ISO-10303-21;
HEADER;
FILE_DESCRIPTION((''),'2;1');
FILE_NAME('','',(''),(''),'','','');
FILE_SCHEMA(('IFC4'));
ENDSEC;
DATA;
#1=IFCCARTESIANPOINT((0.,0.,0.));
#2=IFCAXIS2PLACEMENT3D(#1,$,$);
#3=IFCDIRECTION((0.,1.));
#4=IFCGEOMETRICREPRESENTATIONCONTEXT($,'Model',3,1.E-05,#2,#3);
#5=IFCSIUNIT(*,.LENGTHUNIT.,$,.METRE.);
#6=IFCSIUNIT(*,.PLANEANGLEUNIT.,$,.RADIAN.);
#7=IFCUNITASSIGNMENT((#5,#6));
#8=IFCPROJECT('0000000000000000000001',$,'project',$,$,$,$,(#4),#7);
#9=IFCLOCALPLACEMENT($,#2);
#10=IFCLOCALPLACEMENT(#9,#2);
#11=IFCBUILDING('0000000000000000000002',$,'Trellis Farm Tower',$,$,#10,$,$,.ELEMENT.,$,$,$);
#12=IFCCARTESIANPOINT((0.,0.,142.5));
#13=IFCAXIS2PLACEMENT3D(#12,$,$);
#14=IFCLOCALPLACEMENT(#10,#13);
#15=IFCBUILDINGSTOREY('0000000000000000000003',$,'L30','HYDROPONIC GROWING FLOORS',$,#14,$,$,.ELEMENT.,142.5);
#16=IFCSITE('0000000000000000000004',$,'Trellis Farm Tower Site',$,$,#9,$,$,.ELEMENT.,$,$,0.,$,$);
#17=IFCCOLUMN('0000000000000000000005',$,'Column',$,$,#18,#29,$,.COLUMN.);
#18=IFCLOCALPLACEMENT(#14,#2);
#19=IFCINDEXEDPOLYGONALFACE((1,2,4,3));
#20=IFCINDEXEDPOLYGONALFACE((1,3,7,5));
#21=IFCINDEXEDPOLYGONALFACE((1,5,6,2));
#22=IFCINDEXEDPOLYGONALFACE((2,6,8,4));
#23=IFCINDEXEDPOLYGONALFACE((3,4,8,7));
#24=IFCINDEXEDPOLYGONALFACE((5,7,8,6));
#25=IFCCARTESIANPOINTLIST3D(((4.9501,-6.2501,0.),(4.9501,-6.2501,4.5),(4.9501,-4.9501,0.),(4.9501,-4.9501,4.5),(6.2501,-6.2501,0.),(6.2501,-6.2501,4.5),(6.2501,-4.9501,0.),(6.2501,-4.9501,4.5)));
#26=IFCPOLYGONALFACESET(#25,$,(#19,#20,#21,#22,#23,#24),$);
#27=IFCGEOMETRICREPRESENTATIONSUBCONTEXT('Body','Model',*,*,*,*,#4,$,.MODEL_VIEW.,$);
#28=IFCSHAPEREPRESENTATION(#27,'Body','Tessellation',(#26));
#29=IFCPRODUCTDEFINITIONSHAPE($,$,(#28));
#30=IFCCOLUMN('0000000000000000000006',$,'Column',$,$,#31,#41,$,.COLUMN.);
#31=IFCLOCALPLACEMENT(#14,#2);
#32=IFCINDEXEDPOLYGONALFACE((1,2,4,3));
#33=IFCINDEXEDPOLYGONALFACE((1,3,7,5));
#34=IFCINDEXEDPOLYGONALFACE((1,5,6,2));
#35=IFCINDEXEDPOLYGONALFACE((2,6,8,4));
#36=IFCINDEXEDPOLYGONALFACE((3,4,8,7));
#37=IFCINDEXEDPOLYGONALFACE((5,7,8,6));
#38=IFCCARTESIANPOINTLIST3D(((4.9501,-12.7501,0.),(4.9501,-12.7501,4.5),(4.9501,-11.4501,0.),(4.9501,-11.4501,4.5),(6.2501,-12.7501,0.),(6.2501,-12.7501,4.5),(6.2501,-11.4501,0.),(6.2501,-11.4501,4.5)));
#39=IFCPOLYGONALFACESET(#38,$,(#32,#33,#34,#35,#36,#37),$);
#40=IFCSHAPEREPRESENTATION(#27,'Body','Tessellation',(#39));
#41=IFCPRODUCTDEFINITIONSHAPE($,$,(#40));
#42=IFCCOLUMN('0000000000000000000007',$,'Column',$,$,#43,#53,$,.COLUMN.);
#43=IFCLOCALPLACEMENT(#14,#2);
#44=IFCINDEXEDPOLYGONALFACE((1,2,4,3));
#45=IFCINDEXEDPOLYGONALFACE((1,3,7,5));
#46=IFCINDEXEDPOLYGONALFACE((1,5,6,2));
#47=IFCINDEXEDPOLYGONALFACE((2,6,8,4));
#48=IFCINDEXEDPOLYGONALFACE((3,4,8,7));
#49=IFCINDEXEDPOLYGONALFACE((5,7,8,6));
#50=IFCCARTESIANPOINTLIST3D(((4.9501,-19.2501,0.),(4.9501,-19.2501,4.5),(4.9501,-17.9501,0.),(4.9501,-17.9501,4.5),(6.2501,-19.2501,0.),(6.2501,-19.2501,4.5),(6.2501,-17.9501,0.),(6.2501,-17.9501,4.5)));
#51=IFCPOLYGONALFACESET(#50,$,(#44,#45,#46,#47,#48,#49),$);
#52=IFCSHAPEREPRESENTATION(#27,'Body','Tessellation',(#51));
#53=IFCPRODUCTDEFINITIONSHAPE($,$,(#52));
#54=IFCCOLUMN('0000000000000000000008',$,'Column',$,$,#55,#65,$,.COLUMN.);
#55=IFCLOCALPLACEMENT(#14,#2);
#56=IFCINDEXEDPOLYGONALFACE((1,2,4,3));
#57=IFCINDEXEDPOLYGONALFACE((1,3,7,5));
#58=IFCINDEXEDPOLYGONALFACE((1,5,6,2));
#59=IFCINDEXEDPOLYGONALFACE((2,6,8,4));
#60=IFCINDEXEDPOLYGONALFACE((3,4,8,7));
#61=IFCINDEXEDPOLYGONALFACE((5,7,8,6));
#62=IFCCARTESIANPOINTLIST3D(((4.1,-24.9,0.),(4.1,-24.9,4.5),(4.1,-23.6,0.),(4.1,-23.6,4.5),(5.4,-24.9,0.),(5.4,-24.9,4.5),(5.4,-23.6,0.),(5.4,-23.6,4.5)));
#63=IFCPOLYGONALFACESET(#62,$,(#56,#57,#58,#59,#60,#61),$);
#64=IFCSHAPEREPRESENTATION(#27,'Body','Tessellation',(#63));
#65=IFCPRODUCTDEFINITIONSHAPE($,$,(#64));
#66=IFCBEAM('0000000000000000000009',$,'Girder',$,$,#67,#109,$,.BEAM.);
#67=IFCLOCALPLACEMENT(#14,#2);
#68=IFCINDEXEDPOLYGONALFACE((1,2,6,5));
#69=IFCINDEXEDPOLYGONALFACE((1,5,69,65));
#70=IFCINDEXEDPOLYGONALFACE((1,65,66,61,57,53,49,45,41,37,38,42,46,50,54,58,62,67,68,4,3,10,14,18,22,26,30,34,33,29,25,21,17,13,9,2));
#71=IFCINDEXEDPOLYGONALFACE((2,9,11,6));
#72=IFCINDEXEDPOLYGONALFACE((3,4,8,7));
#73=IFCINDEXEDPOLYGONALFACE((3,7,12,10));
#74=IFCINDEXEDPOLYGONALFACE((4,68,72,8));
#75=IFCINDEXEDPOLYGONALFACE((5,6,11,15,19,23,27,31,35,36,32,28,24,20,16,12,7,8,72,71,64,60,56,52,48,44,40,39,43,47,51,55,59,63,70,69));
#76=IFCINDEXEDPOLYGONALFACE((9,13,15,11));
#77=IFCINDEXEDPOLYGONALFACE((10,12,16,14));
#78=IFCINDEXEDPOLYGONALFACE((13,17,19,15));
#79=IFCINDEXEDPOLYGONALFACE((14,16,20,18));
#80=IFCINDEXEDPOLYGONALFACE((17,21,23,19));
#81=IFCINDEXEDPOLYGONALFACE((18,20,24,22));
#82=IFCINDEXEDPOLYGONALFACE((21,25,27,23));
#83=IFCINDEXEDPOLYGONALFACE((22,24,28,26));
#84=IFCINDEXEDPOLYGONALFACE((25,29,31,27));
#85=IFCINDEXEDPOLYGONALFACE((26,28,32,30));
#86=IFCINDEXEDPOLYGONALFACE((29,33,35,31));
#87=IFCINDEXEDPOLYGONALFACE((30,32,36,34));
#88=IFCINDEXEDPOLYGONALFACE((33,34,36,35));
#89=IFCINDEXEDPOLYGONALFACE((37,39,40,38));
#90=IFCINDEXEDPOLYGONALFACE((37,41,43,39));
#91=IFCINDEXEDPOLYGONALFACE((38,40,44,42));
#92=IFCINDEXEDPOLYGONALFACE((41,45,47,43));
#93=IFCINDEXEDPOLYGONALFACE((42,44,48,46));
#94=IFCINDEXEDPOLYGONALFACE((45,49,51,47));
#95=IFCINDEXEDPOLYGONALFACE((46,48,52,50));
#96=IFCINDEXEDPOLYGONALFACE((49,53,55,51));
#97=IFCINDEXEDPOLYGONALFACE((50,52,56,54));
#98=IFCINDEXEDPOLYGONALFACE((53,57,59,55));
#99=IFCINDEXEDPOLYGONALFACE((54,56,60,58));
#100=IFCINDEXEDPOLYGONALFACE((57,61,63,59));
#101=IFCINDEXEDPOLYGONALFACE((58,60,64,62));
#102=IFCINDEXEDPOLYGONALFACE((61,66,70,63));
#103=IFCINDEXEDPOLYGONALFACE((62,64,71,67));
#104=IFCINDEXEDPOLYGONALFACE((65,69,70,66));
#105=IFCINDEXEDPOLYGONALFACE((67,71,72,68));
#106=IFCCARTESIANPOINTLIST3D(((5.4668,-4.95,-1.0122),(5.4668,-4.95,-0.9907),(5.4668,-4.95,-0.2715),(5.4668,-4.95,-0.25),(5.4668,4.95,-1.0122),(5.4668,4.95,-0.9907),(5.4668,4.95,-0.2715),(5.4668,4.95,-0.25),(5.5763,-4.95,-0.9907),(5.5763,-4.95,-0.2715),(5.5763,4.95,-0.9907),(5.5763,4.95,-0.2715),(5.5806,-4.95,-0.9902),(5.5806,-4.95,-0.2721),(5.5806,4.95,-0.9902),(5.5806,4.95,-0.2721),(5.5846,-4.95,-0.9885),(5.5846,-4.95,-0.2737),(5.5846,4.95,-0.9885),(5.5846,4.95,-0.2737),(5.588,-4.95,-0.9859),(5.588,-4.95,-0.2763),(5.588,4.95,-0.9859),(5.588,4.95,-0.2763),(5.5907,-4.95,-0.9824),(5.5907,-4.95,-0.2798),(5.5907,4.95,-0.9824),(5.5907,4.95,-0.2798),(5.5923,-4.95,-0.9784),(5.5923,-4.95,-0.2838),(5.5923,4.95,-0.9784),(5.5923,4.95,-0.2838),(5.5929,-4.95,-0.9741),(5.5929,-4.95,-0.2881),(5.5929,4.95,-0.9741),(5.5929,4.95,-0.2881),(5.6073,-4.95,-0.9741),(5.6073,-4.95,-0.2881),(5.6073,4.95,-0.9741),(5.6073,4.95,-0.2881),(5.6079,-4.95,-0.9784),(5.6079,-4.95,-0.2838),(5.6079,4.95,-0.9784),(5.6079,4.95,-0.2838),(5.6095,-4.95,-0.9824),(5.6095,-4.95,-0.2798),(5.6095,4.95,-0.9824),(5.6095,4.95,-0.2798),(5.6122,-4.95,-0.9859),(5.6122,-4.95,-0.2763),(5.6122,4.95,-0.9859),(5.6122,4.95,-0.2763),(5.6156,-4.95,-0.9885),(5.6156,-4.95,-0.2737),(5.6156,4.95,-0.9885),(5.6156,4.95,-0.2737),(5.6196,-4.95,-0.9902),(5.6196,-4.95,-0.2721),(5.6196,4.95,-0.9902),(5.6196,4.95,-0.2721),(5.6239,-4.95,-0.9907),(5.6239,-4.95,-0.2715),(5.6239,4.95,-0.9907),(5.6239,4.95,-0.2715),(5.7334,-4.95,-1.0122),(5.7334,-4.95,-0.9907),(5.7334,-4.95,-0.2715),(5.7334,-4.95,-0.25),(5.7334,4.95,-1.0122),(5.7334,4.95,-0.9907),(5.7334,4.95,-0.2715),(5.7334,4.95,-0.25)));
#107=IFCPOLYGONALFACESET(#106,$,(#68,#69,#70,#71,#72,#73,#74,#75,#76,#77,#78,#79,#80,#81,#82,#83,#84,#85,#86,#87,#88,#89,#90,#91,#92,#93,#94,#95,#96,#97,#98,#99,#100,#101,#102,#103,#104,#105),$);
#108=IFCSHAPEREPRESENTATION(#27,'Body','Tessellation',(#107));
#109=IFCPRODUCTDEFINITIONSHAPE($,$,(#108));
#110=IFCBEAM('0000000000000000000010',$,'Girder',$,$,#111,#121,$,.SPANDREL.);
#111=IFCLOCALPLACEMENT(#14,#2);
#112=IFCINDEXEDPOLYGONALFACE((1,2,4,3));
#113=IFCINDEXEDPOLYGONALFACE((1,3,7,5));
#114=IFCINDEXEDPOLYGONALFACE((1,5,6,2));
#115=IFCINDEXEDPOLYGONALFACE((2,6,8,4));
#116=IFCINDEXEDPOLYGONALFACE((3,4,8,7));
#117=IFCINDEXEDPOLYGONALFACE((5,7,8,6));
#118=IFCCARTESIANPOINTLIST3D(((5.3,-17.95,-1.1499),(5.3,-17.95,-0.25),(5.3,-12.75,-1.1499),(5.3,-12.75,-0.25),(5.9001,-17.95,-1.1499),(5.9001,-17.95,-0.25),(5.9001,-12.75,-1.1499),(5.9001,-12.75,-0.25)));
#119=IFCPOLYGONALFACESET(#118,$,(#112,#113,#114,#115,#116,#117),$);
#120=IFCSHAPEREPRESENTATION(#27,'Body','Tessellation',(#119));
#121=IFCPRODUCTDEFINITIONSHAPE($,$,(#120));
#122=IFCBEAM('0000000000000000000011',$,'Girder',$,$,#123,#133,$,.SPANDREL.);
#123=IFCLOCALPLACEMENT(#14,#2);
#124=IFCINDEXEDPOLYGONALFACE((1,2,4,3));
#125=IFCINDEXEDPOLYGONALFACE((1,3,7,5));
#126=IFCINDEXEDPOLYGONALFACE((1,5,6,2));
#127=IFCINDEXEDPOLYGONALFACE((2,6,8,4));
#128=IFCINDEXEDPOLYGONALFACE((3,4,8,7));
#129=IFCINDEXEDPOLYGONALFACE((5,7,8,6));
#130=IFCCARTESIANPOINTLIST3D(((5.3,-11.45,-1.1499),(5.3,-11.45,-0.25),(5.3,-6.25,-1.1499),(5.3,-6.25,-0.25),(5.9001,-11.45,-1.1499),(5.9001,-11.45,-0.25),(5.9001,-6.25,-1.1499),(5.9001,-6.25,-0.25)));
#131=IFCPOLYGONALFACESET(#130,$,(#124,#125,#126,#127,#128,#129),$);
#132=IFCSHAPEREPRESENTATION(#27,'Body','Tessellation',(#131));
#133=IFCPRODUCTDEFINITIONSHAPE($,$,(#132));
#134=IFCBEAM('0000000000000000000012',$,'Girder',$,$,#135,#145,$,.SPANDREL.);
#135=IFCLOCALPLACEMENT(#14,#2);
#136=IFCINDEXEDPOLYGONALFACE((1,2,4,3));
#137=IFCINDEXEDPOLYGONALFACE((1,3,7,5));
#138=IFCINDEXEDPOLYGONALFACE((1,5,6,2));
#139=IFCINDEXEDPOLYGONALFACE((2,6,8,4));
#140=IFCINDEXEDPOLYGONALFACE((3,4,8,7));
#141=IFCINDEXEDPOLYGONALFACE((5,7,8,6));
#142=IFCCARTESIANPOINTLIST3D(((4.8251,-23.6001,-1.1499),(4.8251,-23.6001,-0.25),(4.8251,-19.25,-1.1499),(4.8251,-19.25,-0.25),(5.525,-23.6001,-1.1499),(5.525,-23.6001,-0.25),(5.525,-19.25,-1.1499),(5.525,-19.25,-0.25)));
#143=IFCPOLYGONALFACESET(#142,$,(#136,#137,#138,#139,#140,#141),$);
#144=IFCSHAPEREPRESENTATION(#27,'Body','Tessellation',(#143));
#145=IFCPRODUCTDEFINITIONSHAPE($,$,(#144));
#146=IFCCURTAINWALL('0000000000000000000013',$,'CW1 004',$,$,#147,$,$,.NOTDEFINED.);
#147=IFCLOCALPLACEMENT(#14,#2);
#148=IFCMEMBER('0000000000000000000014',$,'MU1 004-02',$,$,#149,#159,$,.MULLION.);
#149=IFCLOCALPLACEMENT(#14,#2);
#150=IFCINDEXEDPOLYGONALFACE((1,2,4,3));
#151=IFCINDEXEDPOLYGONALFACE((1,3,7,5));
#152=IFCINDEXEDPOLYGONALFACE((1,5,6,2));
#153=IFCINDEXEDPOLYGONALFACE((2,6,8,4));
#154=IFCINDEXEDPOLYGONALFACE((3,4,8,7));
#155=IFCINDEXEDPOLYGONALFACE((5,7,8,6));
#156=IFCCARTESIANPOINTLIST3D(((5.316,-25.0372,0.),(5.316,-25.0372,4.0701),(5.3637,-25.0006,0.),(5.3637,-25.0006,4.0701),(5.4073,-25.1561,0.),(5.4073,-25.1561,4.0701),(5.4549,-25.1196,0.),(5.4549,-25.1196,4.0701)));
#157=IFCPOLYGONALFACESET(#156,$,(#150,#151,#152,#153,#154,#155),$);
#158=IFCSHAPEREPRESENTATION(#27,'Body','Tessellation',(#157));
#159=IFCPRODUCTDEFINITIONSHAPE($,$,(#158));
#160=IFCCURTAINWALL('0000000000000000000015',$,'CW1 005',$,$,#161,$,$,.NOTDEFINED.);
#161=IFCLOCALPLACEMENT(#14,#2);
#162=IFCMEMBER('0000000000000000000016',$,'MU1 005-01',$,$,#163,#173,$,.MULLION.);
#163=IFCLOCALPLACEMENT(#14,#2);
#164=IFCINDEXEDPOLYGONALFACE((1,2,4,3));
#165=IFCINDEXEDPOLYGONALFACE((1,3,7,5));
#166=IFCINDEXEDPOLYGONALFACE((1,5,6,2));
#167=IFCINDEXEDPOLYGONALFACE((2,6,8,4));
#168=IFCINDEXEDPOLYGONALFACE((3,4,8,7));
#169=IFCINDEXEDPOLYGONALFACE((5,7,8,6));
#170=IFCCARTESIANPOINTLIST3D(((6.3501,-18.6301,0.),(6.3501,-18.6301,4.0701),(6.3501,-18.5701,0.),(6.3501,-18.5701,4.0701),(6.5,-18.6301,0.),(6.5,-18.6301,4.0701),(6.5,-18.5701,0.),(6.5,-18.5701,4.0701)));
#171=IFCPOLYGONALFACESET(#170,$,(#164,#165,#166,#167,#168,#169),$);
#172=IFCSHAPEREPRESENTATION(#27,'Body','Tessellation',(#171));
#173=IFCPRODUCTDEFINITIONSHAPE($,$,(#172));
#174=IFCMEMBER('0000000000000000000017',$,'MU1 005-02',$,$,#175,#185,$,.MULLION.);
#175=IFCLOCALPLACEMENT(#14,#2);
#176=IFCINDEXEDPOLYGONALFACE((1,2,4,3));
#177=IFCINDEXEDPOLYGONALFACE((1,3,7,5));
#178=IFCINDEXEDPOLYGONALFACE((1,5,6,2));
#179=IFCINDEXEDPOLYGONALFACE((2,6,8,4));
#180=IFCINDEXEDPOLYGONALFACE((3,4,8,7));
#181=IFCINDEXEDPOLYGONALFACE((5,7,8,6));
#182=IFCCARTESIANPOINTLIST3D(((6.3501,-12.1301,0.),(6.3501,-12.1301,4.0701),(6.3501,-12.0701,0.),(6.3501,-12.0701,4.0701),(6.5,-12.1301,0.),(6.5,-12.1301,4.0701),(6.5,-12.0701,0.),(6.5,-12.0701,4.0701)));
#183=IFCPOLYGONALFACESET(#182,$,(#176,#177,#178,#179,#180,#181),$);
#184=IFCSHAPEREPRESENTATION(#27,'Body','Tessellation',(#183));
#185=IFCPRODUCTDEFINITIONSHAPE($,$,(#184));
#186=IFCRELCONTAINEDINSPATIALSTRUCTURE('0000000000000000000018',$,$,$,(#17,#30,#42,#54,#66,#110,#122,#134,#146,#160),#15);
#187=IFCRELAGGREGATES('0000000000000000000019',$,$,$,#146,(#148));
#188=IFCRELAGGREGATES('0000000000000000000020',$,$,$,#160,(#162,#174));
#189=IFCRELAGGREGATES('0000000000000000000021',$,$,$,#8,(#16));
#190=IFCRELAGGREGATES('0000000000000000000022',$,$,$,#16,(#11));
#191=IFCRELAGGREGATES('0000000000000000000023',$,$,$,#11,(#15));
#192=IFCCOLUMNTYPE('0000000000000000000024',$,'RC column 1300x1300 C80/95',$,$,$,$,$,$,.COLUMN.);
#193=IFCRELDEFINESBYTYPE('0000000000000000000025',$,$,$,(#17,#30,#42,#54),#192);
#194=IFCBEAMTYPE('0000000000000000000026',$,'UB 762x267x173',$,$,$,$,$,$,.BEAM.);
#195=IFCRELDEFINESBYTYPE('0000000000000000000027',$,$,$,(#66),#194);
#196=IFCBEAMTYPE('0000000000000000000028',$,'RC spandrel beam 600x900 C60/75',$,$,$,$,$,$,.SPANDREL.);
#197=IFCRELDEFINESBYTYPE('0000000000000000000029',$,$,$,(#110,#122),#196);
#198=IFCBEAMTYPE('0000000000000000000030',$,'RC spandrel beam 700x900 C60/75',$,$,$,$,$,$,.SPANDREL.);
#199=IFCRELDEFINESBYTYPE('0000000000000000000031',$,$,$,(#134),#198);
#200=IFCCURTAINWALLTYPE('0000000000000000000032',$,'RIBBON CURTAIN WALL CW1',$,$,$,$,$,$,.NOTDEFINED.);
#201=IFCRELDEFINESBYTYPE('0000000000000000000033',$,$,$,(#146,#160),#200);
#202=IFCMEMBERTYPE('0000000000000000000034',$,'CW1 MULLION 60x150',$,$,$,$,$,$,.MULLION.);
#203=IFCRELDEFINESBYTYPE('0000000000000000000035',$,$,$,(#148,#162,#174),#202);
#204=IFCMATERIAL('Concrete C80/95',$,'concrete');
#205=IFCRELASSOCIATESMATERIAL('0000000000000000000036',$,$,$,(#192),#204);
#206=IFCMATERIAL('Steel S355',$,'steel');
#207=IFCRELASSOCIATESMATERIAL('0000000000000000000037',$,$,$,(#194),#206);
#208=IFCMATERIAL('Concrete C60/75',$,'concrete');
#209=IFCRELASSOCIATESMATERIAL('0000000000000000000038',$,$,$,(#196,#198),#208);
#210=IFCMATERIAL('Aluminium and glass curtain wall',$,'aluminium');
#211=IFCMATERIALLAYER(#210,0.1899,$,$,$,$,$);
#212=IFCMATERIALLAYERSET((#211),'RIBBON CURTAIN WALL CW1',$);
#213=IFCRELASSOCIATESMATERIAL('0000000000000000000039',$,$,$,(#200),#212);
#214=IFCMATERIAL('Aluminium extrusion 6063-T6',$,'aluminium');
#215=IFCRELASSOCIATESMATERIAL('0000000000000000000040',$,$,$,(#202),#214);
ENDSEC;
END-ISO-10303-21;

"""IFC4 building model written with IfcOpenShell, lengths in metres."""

from ifc_helpers import new_model, si_unit, direction, frame, origin, origin_2d, place, context, subcontext, project, spatial, rectangle, i_section, extrude, source, transform, mapped, material, layer, layer_set, material_profile, profile_set, type_object, element, aggregate, save


model = new_model("IFC4")

# Units and contexts
model_context = context("Model", 3, precision=1e-05, world=origin(), true_north=direction((0.0, 1.0)))
body_context = subcontext(model_context, "Body", "Model", "MODEL_VIEW")
ifc_project = project(units=[si_unit("LENGTHUNIT", "METRE"), si_unit("PLANEANGLEUNIT", "RADIAN")], contexts=[model_context])

# Site, building, storey
site_placement = place(None, origin())
site = spatial("IfcSite", under=ifc_project, at=site_placement, Name="Trellis Farm Tower Site", CompositionType="ELEMENT", RefElevation=0.0)
building_placement = place(site_placement, origin())
building = spatial("IfcBuilding", under=site, at=building_placement, Name="Trellis Farm Tower", CompositionType="ELEMENT")
storey_placement = place(building_placement, frame((0.0, 0.0, 142.5)))
storey = spatial("IfcBuildingStorey", under=building, at=storey_placement, Name="L30", Description="HYDROPONIC GROWING FLOORS", CompositionType="ELEMENT", Elevation=142.5)

# Columns
ifc_material_1 = material(Name="Concrete C80/95", Category="concrete")
ifc_material_profile_1 = material_profile(ifc_material_1, rectangle(XDim=1.3, YDim=1.3, at=origin_2d()), Name="RC column 1300x1300 C80/95")
ifc_profile_set_1 = profile_set([ifc_material_profile_1], Name="Concrete C80/95")
column_type = type_object("IfcColumnType", Name="RC column 1300x1300 C80/95", PredefinedType="COLUMN", material=ifc_profile_set_1)
shared_shape_1 = source(origin(), body_context, "Body", "SweptSolid", [
    extrude(rectangle(XDim=1.3, YDim=1.3, at=origin_2d()), origin(), (0.0, 0.0, 1.0), 4.5),
])
for number, where, z_axis, x_axis, name in (
    (1, (5.6001, -5.6001, 0.0), (0.0, 0.0, 1.0), (1.0, 0.0, 0.0), "Column"),
    (2, (5.6001, -12.1001, 0.0), (0.0, 0.0, 1.0), (1.0, 0.0, 0.0), "Column"),
    (3, (5.6001, -18.6001, 0.0), (0.0, 0.0, 1.0), (1.0, 0.0, 0.0), "Column"),
    (4, (4.75, -24.25, 0.0), (0.0, 0.0, 1.0), (1.0, 0.0, 0.0), "Column"),
):
    element("IfcColumn", number, at=place(storey_placement, frame(where, z_axis=z_axis, x_axis=x_axis)), inside=storey, type_object=column_type, Name=name, PredefinedType="COLUMN", context=body_context, shape_type="MappedRepresentation", body=[
        mapped(shared_shape_1, transform((0.0, 0.0, 0.0))),
    ])

# Beams
ifc_material_2 = material(Name="Steel S355", Category="steel")
ifc_material_profile_2 = material_profile(ifc_material_2, i_section(OverallWidth=0.2666, OverallDepth=0.7622, WebThickness=0.0144, FlangeThickness=0.0215, FilletRadius=0.0166, at=origin_2d()), Name="UB 762x267x173")
ifc_profile_set_2 = profile_set([ifc_material_profile_2], Name="Steel S355")
beam_type_1 = type_object("IfcBeamType", Name="UB 762x267x173", PredefinedType="BEAM", material=ifc_profile_set_2)
shared_shape_2 = source(origin(), body_context, "Body", "SweptSolid", [
    extrude(i_section(OverallWidth=0.2666, OverallDepth=0.7622, WebThickness=0.0144, FlangeThickness=0.0215, FilletRadius=0.0166, at=origin_2d()), origin(), (0.0, 0.0, 1.0), 9.8999),
])
beam_1_placement = place(storey_placement, frame((5.6001, -4.95, -0.6311), z_axis=(0.0, 1.0, 0.0), x_axis=(-1.0, 0.0, 0.0)))
element("IfcBeam", 5, at=beam_1_placement, inside=storey, type_object=beam_type_1, Name="Girder", PredefinedType="BEAM", context=body_context, shape_type="MappedRepresentation", body=[
    mapped(shared_shape_2, transform((0.0, 0.0, 0.0))),
])
ifc_material_3 = material(Name="Concrete C60/75", Category="concrete")
ifc_material_profile_3 = material_profile(ifc_material_3, rectangle(XDim=0.6001, YDim=0.8999, at=origin_2d()), Name="RC spandrel beam 600x900 C60/75")
ifc_profile_set_3 = profile_set([ifc_material_profile_3], Name="Concrete C60/75")
beam_type_2 = type_object("IfcBeamType", Name="RC spandrel beam 600x900 C60/75", PredefinedType="SPANDREL", material=ifc_profile_set_3)
shared_shape_3 = source(origin(), body_context, "Body", "SweptSolid", [
    extrude(rectangle(XDim=0.6001, YDim=0.8999, at=origin_2d()), origin(), (0.0, 0.0, 1.0), 5.2),
])
for number, where, z_axis, x_axis, name in (
    (6, (5.6001, -17.95, -0.7), (0.0, 1.0, 0.0), (-1.0, 0.0, 0.0), "Girder"),
    (7, (5.6001, -11.45, -0.7), (0.0, 1.0, 0.0), (-1.0, 0.0, 0.0), "Girder"),
):
    element("IfcBeam", number, at=place(storey_placement, frame(where, z_axis=z_axis, x_axis=x_axis)), inside=storey, type_object=beam_type_2, Name=name, PredefinedType="SPANDREL", context=body_context, shape_type="MappedRepresentation", body=[
        mapped(shared_shape_3, transform((0.0, 0.0, 0.0))),
    ])
ifc_material_profile_4 = material_profile(ifc_material_3, rectangle(XDim=0.7, YDim=0.8999, at=origin_2d()), Name="RC spandrel beam 700x900 C60/75")
ifc_profile_set_4 = profile_set([ifc_material_profile_4], Name="Concrete C60/75")
beam_type_3 = type_object("IfcBeamType", Name="RC spandrel beam 700x900 C60/75", PredefinedType="SPANDREL", material=ifc_profile_set_4)
shared_shape_4 = source(origin(), body_context, "Body", "SweptSolid", [
    extrude(rectangle(XDim=0.7, YDim=0.8999, at=origin_2d()), origin(), (0.0, 0.0, 1.0), 4.3501),
])
beam_2_placement = place(storey_placement, frame((5.175, -23.6001, -0.7), z_axis=(0.0, 1.0, 0.0), x_axis=(-1.0, 0.0, 0.0)))
element("IfcBeam", 8, at=beam_2_placement, inside=storey, type_object=beam_type_3, Name="Girder", PredefinedType="SPANDREL", context=body_context, shape_type="MappedRepresentation", body=[
    mapped(shared_shape_4, transform((0.0, 0.0, 0.0))),
])

# Curtain wall, member
ifc_material_4 = material(Name="Aluminium and glass curtain wall", Category="aluminium")
ifc_layer_1 = layer(ifc_material_4, 0.1899)
ifc_layer_set_1 = layer_set([ifc_layer_1], Name="RIBBON CURTAIN WALL CW1")
curtain_wall_type_1 = type_object("IfcCurtainWallType", Name="RIBBON CURTAIN WALL CW1", PredefinedType="NOTDEFINED", material=ifc_layer_set_1)
placement = place(storey_placement, origin())
curtain_wall_1 = element("IfcCurtainWall", 9, at=placement, inside=storey, type_object=curtain_wall_type_1, Name="CW1 004", PredefinedType="NOTDEFINED")
ifc_material_5 = material(Name="Aluminium extrusion 6063-T6", Category="aluminium")
ifc_material_profile_5 = material_profile(ifc_material_5, rectangle(XDim=0.0601, YDim=0.1499, at=origin_2d()), Name="MULLION 60x150")
ifc_profile_set_5 = profile_set([ifc_material_profile_5], Name="Aluminium extrusion 6063-T6")
member_type_1 = type_object("IfcMemberType", Name="CW1 MULLION 60x150", PredefinedType="MULLION", material=ifc_profile_set_5)
shared_shape_5 = source(origin(), body_context, "Body", "SweptSolid", [
    extrude(rectangle(XDim=0.0601, YDim=0.1499, at=origin_2d()), origin(), (0.0, 0.0, 1.0), 4.0701),
])
member_1_placement = place(storey_placement, frame((5.3855, -25.0784, 0.0), z_axis=(0.0, 0.0, 1.0), x_axis=(0.793353, 0.608761, 0.0)))
member_1 = element("IfcMember", 10, at=member_1_placement, type_object=member_type_1, Name="MU1 004-02", PredefinedType="MULLION", context=body_context, shape_type="MappedRepresentation", body=[
    mapped(shared_shape_5, transform((0.0, 0.0, 0.0))),
])
aggregate(curtain_wall_1, [member_1])

# Curtain wall, members
curtain_wall_2 = element("IfcCurtainWall", 11, at=placement, inside=storey, type_object=curtain_wall_type_1, Name="CW1 005", PredefinedType="NOTDEFINED")
member_2_placement = place(storey_placement, frame((6.425, -18.6001, 0.0), z_axis=(0.0, 0.0, 1.0), x_axis=(0.0, 1.0, 0.0)))
member_2 = element("IfcMember", 12, at=member_2_placement, type_object=member_type_1, Name="MU1 005-01", PredefinedType="MULLION", context=body_context, shape_type="MappedRepresentation", body=[
    mapped(shared_shape_5, transform((0.0, 0.0, 0.0))),
])
member_3_placement = place(storey_placement, frame((6.425, -12.1001, 0.0), z_axis=(0.0, 0.0, 1.0), x_axis=(0.0, 1.0, 0.0)))
member_3 = element("IfcMember", 13, at=member_3_placement, type_object=member_type_1, Name="MU1 005-02", PredefinedType="MULLION", context=body_context, shape_type="MappedRepresentation", body=[
    mapped(shared_shape_5, transform((0.0, 0.0, 0.0))),
])
aggregate(curtain_wall_2, [member_2, member_3])

save(model, "model.ifc")
